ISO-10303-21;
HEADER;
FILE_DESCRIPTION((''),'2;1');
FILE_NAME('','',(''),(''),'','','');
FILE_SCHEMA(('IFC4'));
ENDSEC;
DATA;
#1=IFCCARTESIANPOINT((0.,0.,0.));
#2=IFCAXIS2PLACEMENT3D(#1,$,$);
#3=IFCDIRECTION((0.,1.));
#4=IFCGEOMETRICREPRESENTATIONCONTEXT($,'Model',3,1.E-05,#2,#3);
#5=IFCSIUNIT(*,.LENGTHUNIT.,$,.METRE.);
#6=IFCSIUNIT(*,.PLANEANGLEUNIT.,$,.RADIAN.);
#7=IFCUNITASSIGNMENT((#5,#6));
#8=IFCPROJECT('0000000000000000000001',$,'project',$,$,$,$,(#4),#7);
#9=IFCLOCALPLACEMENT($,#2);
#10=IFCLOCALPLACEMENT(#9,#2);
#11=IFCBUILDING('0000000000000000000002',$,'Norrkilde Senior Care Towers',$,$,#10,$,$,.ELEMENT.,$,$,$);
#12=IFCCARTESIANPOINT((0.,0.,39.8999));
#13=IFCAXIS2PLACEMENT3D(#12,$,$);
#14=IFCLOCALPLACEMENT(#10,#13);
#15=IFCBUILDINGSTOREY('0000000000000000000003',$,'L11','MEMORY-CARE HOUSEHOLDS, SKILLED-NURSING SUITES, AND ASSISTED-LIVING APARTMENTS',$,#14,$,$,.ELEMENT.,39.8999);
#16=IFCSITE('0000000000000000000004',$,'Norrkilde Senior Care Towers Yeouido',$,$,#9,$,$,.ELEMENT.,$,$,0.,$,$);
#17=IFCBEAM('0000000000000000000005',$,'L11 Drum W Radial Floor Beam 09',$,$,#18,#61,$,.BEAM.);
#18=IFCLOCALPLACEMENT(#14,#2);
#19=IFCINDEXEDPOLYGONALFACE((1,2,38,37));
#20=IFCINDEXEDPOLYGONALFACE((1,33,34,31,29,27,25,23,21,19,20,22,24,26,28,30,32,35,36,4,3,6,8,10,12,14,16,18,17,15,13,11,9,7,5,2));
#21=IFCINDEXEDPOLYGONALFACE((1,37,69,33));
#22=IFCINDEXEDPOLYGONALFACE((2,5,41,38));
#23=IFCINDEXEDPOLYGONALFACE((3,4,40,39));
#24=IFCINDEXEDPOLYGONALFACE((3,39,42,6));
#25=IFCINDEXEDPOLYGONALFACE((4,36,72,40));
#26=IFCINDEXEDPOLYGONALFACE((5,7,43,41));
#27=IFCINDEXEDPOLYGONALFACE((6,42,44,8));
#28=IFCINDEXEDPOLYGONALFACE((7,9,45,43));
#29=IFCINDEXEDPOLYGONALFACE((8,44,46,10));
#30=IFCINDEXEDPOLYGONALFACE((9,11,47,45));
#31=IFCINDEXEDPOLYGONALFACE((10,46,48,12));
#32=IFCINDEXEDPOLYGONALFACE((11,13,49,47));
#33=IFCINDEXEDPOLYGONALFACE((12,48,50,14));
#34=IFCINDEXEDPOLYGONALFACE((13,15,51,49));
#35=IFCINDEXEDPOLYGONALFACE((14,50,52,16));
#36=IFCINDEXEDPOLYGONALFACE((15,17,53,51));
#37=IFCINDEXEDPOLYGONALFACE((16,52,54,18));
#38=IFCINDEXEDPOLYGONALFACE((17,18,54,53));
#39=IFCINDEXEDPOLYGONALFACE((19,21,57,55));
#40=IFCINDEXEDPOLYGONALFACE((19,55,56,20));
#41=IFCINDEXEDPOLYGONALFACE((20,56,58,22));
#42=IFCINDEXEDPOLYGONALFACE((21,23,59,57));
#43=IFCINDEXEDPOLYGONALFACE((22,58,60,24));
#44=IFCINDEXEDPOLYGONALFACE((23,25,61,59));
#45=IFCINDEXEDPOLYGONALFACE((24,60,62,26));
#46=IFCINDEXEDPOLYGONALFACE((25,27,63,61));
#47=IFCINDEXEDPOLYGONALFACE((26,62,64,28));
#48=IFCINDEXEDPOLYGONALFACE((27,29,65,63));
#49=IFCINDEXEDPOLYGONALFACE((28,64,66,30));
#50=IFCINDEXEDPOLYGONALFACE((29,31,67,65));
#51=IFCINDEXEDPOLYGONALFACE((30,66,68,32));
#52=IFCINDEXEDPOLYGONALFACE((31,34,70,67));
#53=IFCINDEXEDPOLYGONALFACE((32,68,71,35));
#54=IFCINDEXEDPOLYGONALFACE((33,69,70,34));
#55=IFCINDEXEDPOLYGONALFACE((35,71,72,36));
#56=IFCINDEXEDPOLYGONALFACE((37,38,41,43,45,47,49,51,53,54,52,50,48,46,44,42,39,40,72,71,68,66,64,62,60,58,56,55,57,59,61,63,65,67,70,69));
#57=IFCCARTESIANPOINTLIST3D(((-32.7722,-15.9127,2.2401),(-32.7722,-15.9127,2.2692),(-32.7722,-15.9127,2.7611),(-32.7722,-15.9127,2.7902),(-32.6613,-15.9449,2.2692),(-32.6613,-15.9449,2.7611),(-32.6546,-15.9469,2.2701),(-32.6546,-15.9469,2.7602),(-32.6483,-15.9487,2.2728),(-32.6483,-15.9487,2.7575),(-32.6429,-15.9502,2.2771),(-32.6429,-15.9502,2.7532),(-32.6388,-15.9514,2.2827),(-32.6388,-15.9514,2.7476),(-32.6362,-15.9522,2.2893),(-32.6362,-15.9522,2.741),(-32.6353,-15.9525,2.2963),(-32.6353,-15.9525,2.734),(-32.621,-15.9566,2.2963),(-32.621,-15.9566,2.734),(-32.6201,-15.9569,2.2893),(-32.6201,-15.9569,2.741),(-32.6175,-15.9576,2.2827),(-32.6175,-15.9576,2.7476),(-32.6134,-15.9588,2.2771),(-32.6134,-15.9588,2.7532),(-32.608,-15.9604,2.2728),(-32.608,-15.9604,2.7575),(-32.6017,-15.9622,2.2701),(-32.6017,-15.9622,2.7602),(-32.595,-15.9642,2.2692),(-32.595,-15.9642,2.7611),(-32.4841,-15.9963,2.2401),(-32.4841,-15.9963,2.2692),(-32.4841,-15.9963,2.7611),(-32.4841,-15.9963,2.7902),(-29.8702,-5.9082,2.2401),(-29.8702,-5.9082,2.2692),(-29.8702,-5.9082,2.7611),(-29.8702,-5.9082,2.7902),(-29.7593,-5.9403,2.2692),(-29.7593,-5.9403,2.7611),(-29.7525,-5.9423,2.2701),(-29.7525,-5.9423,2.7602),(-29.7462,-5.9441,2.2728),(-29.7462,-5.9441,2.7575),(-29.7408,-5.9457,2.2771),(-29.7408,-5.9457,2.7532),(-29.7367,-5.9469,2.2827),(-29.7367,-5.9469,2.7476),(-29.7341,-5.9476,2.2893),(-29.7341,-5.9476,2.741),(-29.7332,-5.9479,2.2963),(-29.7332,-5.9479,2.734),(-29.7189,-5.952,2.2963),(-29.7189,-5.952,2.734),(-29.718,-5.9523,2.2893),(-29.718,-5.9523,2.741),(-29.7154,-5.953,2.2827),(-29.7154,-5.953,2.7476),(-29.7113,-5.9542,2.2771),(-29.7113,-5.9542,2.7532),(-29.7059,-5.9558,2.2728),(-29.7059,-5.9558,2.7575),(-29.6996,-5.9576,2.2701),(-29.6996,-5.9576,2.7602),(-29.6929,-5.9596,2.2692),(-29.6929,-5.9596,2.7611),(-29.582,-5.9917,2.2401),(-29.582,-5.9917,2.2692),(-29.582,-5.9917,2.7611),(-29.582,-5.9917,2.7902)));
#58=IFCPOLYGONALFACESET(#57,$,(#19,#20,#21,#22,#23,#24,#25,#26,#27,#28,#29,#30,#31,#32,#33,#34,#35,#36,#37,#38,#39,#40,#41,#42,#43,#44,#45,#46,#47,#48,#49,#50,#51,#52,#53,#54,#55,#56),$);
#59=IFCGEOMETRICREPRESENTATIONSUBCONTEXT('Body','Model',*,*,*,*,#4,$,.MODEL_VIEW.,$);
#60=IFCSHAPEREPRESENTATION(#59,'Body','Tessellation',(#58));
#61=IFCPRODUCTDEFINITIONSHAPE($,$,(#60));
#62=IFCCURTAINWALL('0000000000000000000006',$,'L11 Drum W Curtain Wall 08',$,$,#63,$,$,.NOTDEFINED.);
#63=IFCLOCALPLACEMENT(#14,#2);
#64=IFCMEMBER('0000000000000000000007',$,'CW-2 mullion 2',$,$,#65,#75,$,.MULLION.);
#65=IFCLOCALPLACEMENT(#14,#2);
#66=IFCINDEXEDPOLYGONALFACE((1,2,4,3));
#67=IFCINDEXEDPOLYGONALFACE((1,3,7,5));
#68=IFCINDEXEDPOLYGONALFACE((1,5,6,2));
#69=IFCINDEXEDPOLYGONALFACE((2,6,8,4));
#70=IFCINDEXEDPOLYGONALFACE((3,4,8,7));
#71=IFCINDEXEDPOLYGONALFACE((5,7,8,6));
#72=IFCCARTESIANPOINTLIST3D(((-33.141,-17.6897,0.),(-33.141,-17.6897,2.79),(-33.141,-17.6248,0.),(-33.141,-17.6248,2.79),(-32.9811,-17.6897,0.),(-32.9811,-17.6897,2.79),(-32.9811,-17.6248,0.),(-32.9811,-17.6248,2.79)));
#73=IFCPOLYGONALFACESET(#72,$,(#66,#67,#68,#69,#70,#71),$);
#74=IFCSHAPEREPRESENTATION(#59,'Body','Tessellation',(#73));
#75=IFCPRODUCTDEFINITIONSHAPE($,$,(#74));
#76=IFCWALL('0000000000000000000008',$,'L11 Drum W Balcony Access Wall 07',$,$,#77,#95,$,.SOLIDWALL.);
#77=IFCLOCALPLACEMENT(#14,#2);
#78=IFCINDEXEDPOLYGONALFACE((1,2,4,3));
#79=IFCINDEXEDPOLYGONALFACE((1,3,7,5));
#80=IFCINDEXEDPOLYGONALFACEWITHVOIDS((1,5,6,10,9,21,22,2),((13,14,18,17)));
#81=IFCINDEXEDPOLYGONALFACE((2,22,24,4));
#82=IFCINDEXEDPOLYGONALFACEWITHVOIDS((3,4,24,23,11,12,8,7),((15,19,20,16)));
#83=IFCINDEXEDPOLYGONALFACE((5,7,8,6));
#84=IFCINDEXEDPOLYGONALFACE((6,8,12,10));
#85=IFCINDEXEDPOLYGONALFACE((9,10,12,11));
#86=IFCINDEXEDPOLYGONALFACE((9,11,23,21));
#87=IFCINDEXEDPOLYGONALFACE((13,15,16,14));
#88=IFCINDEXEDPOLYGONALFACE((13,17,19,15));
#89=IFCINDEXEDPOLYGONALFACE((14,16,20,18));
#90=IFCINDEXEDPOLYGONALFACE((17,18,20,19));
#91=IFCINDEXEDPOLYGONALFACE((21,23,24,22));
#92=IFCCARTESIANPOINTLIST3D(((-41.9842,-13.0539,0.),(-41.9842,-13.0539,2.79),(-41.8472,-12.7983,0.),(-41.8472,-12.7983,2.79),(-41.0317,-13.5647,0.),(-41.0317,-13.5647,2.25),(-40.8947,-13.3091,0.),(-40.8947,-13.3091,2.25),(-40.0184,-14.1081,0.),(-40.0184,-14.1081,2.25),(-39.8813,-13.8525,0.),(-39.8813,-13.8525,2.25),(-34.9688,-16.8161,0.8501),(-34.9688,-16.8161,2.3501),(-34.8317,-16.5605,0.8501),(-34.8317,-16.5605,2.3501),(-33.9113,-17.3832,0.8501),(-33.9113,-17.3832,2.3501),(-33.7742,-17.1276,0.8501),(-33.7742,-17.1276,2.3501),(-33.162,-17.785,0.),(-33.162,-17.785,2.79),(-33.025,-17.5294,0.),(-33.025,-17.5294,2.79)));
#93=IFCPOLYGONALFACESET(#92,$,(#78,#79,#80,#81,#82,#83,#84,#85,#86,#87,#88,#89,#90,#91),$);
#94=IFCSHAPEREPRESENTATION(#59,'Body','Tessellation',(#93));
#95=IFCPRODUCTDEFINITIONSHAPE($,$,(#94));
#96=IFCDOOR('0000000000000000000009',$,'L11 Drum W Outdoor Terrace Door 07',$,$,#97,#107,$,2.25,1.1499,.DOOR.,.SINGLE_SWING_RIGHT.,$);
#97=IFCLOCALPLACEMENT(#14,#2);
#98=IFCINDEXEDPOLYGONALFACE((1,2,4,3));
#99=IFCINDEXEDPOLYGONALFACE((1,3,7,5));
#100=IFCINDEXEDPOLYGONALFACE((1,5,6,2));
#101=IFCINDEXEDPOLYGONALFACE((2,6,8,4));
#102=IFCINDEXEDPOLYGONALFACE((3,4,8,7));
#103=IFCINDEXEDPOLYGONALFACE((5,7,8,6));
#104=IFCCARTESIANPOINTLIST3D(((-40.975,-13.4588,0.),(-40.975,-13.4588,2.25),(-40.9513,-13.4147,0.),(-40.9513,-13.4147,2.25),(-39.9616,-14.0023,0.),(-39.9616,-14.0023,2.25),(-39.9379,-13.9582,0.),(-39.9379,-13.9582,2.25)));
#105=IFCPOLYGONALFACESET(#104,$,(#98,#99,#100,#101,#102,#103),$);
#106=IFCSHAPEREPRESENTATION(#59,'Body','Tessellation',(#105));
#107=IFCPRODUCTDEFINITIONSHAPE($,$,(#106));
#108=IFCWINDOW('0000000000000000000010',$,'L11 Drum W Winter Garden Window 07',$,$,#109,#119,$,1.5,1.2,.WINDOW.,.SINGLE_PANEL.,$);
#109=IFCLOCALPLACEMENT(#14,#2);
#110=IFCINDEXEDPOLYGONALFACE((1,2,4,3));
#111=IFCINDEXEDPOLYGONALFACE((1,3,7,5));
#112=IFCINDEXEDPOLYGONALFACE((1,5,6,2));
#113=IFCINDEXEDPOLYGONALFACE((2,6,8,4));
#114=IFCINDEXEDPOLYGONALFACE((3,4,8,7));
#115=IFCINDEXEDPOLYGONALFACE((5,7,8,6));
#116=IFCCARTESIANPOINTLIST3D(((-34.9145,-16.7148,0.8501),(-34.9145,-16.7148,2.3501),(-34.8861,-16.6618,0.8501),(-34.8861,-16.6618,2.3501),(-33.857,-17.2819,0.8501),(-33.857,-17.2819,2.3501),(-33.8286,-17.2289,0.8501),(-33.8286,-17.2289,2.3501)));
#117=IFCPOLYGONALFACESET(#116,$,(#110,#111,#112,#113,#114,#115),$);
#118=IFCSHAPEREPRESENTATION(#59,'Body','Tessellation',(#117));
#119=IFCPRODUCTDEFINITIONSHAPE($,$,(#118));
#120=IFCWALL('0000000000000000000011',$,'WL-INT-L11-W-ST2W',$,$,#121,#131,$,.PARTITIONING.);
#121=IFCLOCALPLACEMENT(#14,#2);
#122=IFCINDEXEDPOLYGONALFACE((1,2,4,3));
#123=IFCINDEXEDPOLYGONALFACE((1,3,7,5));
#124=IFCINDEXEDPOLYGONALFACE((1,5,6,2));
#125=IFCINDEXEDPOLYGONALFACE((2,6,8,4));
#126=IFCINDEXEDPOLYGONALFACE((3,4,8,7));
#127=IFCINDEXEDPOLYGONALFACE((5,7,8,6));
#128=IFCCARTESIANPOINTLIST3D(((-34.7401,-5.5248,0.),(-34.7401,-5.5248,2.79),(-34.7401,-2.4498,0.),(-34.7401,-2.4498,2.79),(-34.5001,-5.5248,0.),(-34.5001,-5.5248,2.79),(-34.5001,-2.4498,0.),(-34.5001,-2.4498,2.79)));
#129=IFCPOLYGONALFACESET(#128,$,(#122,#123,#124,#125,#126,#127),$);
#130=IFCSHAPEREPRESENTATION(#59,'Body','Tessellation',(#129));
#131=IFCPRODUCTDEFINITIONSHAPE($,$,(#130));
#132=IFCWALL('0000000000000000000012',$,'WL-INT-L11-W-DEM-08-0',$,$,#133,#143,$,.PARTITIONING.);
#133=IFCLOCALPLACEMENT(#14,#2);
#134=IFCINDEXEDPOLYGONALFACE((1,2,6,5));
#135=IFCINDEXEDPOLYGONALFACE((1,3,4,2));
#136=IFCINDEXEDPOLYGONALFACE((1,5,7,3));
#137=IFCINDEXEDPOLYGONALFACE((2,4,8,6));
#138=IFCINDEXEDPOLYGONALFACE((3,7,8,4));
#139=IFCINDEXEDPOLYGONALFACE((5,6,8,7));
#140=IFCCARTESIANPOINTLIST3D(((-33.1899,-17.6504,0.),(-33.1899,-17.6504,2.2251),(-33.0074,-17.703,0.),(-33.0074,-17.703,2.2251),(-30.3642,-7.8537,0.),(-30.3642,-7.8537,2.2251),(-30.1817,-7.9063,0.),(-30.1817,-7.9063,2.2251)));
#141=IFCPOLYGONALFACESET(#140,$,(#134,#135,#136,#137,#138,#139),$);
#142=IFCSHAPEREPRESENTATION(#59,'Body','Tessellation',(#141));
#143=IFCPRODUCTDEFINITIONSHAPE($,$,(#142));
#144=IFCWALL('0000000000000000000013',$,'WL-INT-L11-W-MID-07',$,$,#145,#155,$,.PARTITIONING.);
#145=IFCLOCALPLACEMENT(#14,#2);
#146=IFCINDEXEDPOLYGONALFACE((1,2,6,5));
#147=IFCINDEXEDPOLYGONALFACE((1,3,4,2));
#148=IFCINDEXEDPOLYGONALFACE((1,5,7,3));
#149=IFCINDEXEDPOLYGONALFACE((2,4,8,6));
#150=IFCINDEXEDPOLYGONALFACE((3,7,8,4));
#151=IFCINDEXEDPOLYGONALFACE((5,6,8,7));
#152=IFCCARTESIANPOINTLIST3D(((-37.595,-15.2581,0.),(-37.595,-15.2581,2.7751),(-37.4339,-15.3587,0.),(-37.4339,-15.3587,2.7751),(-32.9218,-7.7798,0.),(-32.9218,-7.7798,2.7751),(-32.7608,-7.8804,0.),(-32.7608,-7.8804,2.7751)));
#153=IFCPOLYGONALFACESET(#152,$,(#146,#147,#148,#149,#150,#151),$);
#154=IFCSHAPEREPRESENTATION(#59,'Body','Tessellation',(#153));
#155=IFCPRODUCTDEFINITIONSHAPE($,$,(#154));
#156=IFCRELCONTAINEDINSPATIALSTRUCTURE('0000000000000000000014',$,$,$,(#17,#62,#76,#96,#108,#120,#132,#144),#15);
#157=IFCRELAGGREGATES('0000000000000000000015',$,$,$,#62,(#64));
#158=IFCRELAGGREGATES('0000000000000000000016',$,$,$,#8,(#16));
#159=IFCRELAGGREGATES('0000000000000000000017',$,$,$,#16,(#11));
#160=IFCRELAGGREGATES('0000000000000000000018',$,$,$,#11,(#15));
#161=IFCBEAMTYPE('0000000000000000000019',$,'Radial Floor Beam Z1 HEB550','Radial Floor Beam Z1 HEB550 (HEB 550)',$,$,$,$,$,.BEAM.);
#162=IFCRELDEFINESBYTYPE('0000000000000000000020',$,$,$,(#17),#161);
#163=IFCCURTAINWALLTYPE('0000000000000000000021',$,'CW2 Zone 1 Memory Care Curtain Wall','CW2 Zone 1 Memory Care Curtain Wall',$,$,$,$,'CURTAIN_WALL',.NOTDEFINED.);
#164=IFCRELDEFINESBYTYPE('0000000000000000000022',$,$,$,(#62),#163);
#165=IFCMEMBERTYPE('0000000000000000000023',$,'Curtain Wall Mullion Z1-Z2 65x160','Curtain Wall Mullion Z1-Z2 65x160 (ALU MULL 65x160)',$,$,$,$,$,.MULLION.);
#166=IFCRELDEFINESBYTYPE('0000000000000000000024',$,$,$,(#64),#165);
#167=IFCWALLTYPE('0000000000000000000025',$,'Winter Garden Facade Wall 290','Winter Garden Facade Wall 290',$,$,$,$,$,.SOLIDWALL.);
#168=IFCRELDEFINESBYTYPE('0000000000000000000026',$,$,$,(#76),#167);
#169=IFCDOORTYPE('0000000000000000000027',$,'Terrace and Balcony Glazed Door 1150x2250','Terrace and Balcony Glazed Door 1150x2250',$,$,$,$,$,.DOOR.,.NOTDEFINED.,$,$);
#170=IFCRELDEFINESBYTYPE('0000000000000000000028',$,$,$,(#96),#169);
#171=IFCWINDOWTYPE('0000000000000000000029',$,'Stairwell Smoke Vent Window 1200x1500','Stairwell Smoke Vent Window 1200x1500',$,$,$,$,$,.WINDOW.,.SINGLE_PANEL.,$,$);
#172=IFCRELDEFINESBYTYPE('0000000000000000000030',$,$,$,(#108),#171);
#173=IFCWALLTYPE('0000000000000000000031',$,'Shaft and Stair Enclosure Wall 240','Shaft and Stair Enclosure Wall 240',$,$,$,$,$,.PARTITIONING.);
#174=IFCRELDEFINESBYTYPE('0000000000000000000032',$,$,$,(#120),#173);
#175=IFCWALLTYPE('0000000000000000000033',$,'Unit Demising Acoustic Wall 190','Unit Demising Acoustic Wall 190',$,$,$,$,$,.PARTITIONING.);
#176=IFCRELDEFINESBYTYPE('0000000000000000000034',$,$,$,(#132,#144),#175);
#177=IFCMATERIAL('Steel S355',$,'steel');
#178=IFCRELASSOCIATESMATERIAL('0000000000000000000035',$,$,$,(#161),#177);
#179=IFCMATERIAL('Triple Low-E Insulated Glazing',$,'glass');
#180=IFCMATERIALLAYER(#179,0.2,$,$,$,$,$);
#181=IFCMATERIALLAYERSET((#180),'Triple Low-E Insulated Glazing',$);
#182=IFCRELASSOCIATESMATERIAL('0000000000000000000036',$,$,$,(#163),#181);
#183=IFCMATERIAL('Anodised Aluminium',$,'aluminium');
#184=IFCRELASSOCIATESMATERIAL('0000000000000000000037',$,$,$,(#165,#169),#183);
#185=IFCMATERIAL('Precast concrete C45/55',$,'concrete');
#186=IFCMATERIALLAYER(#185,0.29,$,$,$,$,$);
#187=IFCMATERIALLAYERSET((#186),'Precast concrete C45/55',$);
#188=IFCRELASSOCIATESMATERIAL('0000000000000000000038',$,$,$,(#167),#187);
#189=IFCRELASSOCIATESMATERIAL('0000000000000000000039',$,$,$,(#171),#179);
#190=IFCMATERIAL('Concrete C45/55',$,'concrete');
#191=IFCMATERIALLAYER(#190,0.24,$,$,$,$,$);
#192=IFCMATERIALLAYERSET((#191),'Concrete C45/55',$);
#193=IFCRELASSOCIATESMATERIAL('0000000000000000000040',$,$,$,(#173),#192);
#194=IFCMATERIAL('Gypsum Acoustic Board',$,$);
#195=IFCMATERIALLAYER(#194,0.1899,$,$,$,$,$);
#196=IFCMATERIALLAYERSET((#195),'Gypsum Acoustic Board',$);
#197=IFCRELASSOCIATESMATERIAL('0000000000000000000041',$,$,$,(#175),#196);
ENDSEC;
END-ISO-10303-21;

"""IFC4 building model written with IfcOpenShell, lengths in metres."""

from ifc_helpers import new_model, si_unit, direction, frame, frame_2d, origin, origin_2d, place, context, subcontext, project, spatial, rectangle, i_section, extrude, source, transform, mapped, material, layer, layer_set, material_profile, profile_set, type_object, type_shapes, element, fill, aggregate, save


model = new_model("IFC4")

# Units and contexts
model_context = context("Model", 3, precision=1e-05, world=origin(), true_north=direction((0.0, 1.0)))
body_context = subcontext(model_context, "Body", "Model", "MODEL_VIEW")
ifc_project = project(units=[si_unit("LENGTHUNIT", "METRE"), si_unit("PLANEANGLEUNIT", "RADIAN")], contexts=[model_context])

# Site, building, storey
site_placement = place(None, origin())
site = spatial("IfcSite", under=ifc_project, at=site_placement, Name="Norrkilde Senior Care Towers Yeouido", CompositionType="ELEMENT", RefElevation=0.0)
building_placement = place(site_placement, origin())
building = spatial("IfcBuilding", under=site, at=building_placement, Name="Norrkilde Senior Care Towers", CompositionType="ELEMENT")
storey_placement = place(building_placement, frame((0.0, 0.0, 39.8999)))
storey = spatial("IfcBuildingStorey", under=building, at=storey_placement, Name="L11", Description="MEMORY-CARE HOUSEHOLDS, SKILLED-NURSING SUITES, AND ASSISTED-LIVING APARTMENTS", CompositionType="ELEMENT", Elevation=39.8999)

# Beam
ifc_material_1 = material(Name="Steel S355", Category="steel")
ifc_material_profile_1 = material_profile(ifc_material_1, i_section(OverallWidth=0.3, OverallDepth=0.55, WebThickness=0.0149, FlangeThickness=0.0291, FilletRadius=0.0271, at=origin_2d()), Name="HEB 550")
ifc_profile_set_1 = profile_set([ifc_material_profile_1], Name="Steel S355")
beam_type_1 = type_object("IfcBeamType", Name="Radial Floor Beam Z1 HEB550", Description="Radial Floor Beam Z1 HEB550 (HEB 550)", PredefinedType="BEAM", material=ifc_profile_set_1)
shared_shape_1 = source(origin(), body_context, "Body", "SweptSolid", [
    extrude(i_section(OverallWidth=0.3, OverallDepth=0.55, WebThickness=0.0149, FlangeThickness=0.0291, FilletRadius=0.0271, at=origin_2d()), origin(), (0.0, 0.0, 1.0), 10.417),
])
beam_1_placement = place(storey_placement, frame((-29.7261, -5.95, 2.5151), z_axis=(-0.278591, -0.96041, 0.0), x_axis=(0.96041, -0.278591, 0.0)))
element("IfcBeam", 1, at=beam_1_placement, inside=storey, type_object=beam_type_1, Name="L11 Drum W Radial Floor Beam 09", PredefinedType="BEAM", context=body_context, shape_type="MappedRepresentation", body=[
    mapped(shared_shape_1, transform((0.0, 0.0, 0.0), x_axis=(1.0, 0.0, 0.0), y_axis=(0.0, 1.0, 0.0), z_axis=(0.0, 0.0, 1.0), scale=1.0)),
])

# Curtain wall, member
ifc_material_2 = material(Name="Triple Low-E Insulated Glazing", Category="glass")
ifc_layer_1 = layer(ifc_material_2, 0.2)
ifc_layer_set_1 = layer_set([ifc_layer_1], Name="Triple Low-E Insulated Glazing")
curtain_wall_type = type_object("IfcCurtainWallType", Name="CW2 Zone 1 Memory Care Curtain Wall", Description="CW2 Zone 1 Memory Care Curtain Wall", ElementType="CURTAIN_WALL", PredefinedType="NOTDEFINED", material=ifc_layer_set_1)
curtain_wall_placement = place(storey_placement, origin())
curtain_wall = element("IfcCurtainWall", 2, at=curtain_wall_placement, inside=storey, type_object=curtain_wall_type, Name="L11 Drum W Curtain Wall 08", PredefinedType="NOTDEFINED")
ifc_material_3 = material(Name="Anodised Aluminium", Category="aluminium")
ifc_material_profile_2 = material_profile(ifc_material_3, rectangle(XDim=0.0649, YDim=0.1599, at=origin_2d()), Name="ALU MULL 65x160")
ifc_profile_set_2 = profile_set([ifc_material_profile_2], Name="Anodised Aluminium")
member_type = type_object("IfcMemberType", Name="Curtain Wall Mullion Z1-Z2 65x160", Description="Curtain Wall Mullion Z1-Z2 65x160 (ALU MULL 65x160)", PredefinedType="MULLION", material=ifc_profile_set_2)
shared_shape_2 = source(origin(), body_context, "Body", "SweptSolid", [
    extrude(rectangle(XDim=0.0649, YDim=0.1599, at=origin_2d()), origin(), (0.0, 0.0, 1.0), 2.79),
])
type_shapes(member_type, [shared_shape_2])
member_placement = place(storey_placement, frame((-33.061, -17.6572, 0.0), z_axis=(0.0, 0.0, 1.0), x_axis=(0.0, -1.0, 0.0)))
member = element("IfcMember", 3, at=member_placement, type_object=member_type, Name="CW-2 mullion 2", PredefinedType="MULLION", context=body_context, shape_type="MappedRepresentation", body=[
    mapped(shared_shape_2, transform((0.0, 0.0, 0.0), x_axis=(1.0, 0.0, 0.0), y_axis=(0.0, 1.0, 0.0), z_axis=(0.0, 0.0, 1.0), scale=1.0)),
])
aggregate(curtain_wall, [member])

# Wall, openings, door, window
ifc_material_4 = material(Name="Precast concrete C45/55", Category="concrete")
ifc_layer_2 = layer(ifc_material_4, 0.29)
ifc_layer_set_2 = layer_set([ifc_layer_2], Name="Precast concrete C45/55")
wall_type_1 = type_object("IfcWallType", Name="Winter Garden Facade Wall 290", Description="Winter Garden Facade Wall 290", PredefinedType="SOLIDWALL", material=ifc_layer_set_2)
shared_shape_3 = source(origin(), body_context, "Body", "SweptSolid", [
    extrude(rectangle(XDim=10.0107, YDim=0.29, at=frame_2d((5.0054, 0.0))), origin(), (0.0, 0.0, 1.0), 2.79),
])
type_shapes(wall_type_1, [shared_shape_3])
wall_1_placement = place(storey_placement, frame((-33.0935, -17.6572, 0.0), z_axis=(0.0, 0.0, 1.0), x_axis=(-0.881273, 0.472608, 0.0)))
wall_1 = element("IfcWall", 4, at=wall_1_placement, inside=storey, type_object=wall_type_1, Name="L11 Drum W Balcony Access Wall 07", PredefinedType="SOLIDWALL", context=body_context, shape_type="MappedRepresentation", body=[
    mapped(shared_shape_3, transform((0.0, 0.0, 0.0), x_axis=(1.0, 0.0, 0.0), y_axis=(0.0, 1.0, 0.0), z_axis=(0.0, 0.0, 1.0), scale=1.0)),
])
opening_1_placement = place(wall_1_placement, frame((7.78, 0.0, 0.0)))
opening_1 = element("IfcOpeningElement", 5, at=opening_1_placement, cuts=wall_1, PredefinedType="OPENING", context=body_context, shape_type="SweptSolid", body=[
    extrude(rectangle(XDim=1.1499, YDim=2.25, at=frame_2d((0.575, 1.125))), frame((0.0, 0.155, 0.0), z_axis=(0.0, -1.0, 0.0), x_axis=(1.0, 0.0, 0.0)), (0.0, 0.0, 1.0), 0.3101),
])
opening_2_placement = place(wall_1_placement, frame((0.8501, 0.0, 0.8501)))
opening_2 = element("IfcOpeningElement", 6, at=opening_2_placement, cuts=wall_1, PredefinedType="OPENING", context=body_context, shape_type="SweptSolid", body=[
    extrude(rectangle(XDim=1.2, YDim=1.5, at=frame_2d((0.6001, 0.75))), frame((0.0, 0.155, 0.0), z_axis=(0.0, -1.0, 0.0), x_axis=(1.0, 0.0, 0.0)), (0.0, 0.0, 1.0), 0.3101),
])
door_type_1 = type_object("IfcDoorType", Name="Terrace and Balcony Glazed Door 1150x2250", Description="Terrace and Balcony Glazed Door 1150x2250", OperationType="NOTDEFINED", PredefinedType="DOOR", material=ifc_material_3)
shared_shape_4 = source(origin(), body_context, "Body", "SweptSolid", [
    extrude(rectangle(XDim=1.1499, YDim=2.25, at=frame_2d((0.575, 1.125))), frame((0.0, 0.0249, 0.0), z_axis=(0.0, -1.0, 0.0), x_axis=(1.0, 0.0, 0.0)), (0.0, 0.0, 1.0), 0.05),
])
type_shapes(door_type_1, [shared_shape_4])
door_1_placement = place(opening_1_placement, origin())
door_1 = element("IfcDoor", 7, at=door_1_placement, inside=storey, type_object=door_type_1, Name="L11 Drum W Outdoor Terrace Door 07", OperationType="SINGLE_SWING_RIGHT", OverallHeight=2.25, OverallWidth=1.1499, PredefinedType="DOOR", context=body_context, shape_type="MappedRepresentation", body=[
    mapped(shared_shape_4, transform((0.0, 0.0, 0.0), x_axis=(1.0, 0.0, 0.0), y_axis=(0.0, 1.0, 0.0), z_axis=(0.0, 0.0, 1.0), scale=1.0)),
])
fill(opening_1, door_1)
window_type = type_object("IfcWindowType", Name="Stairwell Smoke Vent Window 1200x1500", Description="Stairwell Smoke Vent Window 1200x1500", PartitioningType="SINGLE_PANEL", PredefinedType="WINDOW", material=ifc_material_2)
shared_shape_5 = source(origin(), body_context, "Body", "SweptSolid", [
    extrude(rectangle(XDim=1.2, YDim=1.5, at=frame_2d((0.6001, 0.75))), frame((0.0, 0.03, 0.0), z_axis=(0.0, -1.0, 0.0), x_axis=(1.0, 0.0, 0.0)), (0.0, 0.0, 1.0), 0.0601),
])
type_shapes(window_type, [shared_shape_5])
window_placement = place(opening_2_placement, origin())
window = element("IfcWindow", 8, at=window_placement, inside=storey, type_object=window_type, Name="L11 Drum W Winter Garden Window 07", OverallHeight=1.5, OverallWidth=1.2, PartitioningType="SINGLE_PANEL", PredefinedType="WINDOW", context=body_context, shape_type="MappedRepresentation", body=[
    mapped(shared_shape_5, transform((0.0, 0.0, 0.0), x_axis=(1.0, 0.0, 0.0), y_axis=(0.0, 1.0, 0.0), z_axis=(0.0, 0.0, 1.0), scale=1.0)),
])
fill(opening_2, window)

# Walls
ifc_material_5 = material(Name="Concrete C45/55", Category="concrete")
ifc_layer_3 = layer(ifc_material_5, 0.24)
ifc_layer_set_3 = layer_set([ifc_layer_3], Name="Concrete C45/55")
wall_type_2 = type_object("IfcWallType", Name="Shaft and Stair Enclosure Wall 240", Description="Shaft and Stair Enclosure Wall 240", PredefinedType="PARTITIONING", material=ifc_layer_set_3)
shared_shape_6 = source(origin(), body_context, "Body", "SweptSolid", [
    extrude(rectangle(XDim=3.075, YDim=0.24, at=frame_2d((1.5376, 0.0))), origin(), (0.0, 0.0, 1.0), 2.79),
])
type_shapes(wall_type_2, [shared_shape_6])
wall_2_placement = place(storey_placement, frame((-34.6201, -5.5249, 0.0), z_axis=(0.0, 0.0, 1.0), x_axis=(0.0, 1.0, 0.0)))
element("IfcWall", 9, at=wall_2_placement, inside=storey, type_object=wall_type_2, Name="WL-INT-L11-W-ST2W", PredefinedType="PARTITIONING", context=body_context, shape_type="MappedRepresentation", body=[
    mapped(shared_shape_6, transform((0.0, 0.0, 0.0), x_axis=(1.0, 0.0, 0.0), y_axis=(0.0, 1.0, 0.0), z_axis=(0.0, 0.0, 1.0), scale=1.0)),
])
ifc_material_6 = material(Name="Gypsum Acoustic Board")
ifc_layer_4 = layer(ifc_material_6, 0.1899)
ifc_layer_set_4 = layer_set([ifc_layer_4], Name="Gypsum Acoustic Board")
wall_type_3 = type_object("IfcWallType", Name="Unit Demising Acoustic Wall 190", Description="Unit Demising Acoustic Wall 190", PredefinedType="PARTITIONING", material=ifc_layer_set_4)
shared_shape_7 = source(origin(), body_context, "Body", "SweptSolid", [
    extrude(rectangle(XDim=10.196, YDim=0.1899, at=frame_2d((5.0981, 0.0))), origin(), (0.0, 0.0, 1.0), 2.2251),
])
wall_3_placement = place(storey_placement, frame((-30.2729, -7.8799, 0.0), z_axis=(0.0, 0.0, 1.0), x_axis=(-0.277136, -0.960831, 0.0)))
element("IfcWall", 10, at=wall_3_placement, inside=storey, type_object=wall_type_3, Name="WL-INT-L11-W-DEM-08-0", PredefinedType="PARTITIONING", context=body_context, shape_type="MappedRepresentation", body=[
    mapped(shared_shape_7, transform((0.0, 0.0, 0.0), x_axis=(1.0, 0.0, 0.0), y_axis=(0.0, 1.0, 0.0), z_axis=(0.0, 0.0, 1.0), scale=1.0)),
])
shared_shape_8 = source(origin(), body_context, "Body", "SweptSolid", [
    extrude(rectangle(XDim=8.8184, YDim=0.1899, at=frame_2d((4.4092, 0.0))), origin(), (0.0, 0.0, 1.0), 2.7751),
])
type_shapes(wall_type_3, [shared_shape_7, shared_shape_8])
wall_4_placement = place(storey_placement, frame((-32.8413, -7.8301, 0.0), z_axis=(0.0, 0.0, 1.0), x_axis=(-0.529932, -0.84804, 0.0)))
element("IfcWall", 11, at=wall_4_placement, inside=storey, type_object=wall_type_3, Name="WL-INT-L11-W-MID-07", PredefinedType="PARTITIONING", context=body_context, shape_type="MappedRepresentation", body=[
    mapped(shared_shape_8, transform((0.0, 0.0, 0.0), x_axis=(1.0, 0.0, 0.0), y_axis=(0.0, 1.0, 0.0), z_axis=(0.0, 0.0, 1.0), scale=1.0)),
])

save(model, "model.ifc")
